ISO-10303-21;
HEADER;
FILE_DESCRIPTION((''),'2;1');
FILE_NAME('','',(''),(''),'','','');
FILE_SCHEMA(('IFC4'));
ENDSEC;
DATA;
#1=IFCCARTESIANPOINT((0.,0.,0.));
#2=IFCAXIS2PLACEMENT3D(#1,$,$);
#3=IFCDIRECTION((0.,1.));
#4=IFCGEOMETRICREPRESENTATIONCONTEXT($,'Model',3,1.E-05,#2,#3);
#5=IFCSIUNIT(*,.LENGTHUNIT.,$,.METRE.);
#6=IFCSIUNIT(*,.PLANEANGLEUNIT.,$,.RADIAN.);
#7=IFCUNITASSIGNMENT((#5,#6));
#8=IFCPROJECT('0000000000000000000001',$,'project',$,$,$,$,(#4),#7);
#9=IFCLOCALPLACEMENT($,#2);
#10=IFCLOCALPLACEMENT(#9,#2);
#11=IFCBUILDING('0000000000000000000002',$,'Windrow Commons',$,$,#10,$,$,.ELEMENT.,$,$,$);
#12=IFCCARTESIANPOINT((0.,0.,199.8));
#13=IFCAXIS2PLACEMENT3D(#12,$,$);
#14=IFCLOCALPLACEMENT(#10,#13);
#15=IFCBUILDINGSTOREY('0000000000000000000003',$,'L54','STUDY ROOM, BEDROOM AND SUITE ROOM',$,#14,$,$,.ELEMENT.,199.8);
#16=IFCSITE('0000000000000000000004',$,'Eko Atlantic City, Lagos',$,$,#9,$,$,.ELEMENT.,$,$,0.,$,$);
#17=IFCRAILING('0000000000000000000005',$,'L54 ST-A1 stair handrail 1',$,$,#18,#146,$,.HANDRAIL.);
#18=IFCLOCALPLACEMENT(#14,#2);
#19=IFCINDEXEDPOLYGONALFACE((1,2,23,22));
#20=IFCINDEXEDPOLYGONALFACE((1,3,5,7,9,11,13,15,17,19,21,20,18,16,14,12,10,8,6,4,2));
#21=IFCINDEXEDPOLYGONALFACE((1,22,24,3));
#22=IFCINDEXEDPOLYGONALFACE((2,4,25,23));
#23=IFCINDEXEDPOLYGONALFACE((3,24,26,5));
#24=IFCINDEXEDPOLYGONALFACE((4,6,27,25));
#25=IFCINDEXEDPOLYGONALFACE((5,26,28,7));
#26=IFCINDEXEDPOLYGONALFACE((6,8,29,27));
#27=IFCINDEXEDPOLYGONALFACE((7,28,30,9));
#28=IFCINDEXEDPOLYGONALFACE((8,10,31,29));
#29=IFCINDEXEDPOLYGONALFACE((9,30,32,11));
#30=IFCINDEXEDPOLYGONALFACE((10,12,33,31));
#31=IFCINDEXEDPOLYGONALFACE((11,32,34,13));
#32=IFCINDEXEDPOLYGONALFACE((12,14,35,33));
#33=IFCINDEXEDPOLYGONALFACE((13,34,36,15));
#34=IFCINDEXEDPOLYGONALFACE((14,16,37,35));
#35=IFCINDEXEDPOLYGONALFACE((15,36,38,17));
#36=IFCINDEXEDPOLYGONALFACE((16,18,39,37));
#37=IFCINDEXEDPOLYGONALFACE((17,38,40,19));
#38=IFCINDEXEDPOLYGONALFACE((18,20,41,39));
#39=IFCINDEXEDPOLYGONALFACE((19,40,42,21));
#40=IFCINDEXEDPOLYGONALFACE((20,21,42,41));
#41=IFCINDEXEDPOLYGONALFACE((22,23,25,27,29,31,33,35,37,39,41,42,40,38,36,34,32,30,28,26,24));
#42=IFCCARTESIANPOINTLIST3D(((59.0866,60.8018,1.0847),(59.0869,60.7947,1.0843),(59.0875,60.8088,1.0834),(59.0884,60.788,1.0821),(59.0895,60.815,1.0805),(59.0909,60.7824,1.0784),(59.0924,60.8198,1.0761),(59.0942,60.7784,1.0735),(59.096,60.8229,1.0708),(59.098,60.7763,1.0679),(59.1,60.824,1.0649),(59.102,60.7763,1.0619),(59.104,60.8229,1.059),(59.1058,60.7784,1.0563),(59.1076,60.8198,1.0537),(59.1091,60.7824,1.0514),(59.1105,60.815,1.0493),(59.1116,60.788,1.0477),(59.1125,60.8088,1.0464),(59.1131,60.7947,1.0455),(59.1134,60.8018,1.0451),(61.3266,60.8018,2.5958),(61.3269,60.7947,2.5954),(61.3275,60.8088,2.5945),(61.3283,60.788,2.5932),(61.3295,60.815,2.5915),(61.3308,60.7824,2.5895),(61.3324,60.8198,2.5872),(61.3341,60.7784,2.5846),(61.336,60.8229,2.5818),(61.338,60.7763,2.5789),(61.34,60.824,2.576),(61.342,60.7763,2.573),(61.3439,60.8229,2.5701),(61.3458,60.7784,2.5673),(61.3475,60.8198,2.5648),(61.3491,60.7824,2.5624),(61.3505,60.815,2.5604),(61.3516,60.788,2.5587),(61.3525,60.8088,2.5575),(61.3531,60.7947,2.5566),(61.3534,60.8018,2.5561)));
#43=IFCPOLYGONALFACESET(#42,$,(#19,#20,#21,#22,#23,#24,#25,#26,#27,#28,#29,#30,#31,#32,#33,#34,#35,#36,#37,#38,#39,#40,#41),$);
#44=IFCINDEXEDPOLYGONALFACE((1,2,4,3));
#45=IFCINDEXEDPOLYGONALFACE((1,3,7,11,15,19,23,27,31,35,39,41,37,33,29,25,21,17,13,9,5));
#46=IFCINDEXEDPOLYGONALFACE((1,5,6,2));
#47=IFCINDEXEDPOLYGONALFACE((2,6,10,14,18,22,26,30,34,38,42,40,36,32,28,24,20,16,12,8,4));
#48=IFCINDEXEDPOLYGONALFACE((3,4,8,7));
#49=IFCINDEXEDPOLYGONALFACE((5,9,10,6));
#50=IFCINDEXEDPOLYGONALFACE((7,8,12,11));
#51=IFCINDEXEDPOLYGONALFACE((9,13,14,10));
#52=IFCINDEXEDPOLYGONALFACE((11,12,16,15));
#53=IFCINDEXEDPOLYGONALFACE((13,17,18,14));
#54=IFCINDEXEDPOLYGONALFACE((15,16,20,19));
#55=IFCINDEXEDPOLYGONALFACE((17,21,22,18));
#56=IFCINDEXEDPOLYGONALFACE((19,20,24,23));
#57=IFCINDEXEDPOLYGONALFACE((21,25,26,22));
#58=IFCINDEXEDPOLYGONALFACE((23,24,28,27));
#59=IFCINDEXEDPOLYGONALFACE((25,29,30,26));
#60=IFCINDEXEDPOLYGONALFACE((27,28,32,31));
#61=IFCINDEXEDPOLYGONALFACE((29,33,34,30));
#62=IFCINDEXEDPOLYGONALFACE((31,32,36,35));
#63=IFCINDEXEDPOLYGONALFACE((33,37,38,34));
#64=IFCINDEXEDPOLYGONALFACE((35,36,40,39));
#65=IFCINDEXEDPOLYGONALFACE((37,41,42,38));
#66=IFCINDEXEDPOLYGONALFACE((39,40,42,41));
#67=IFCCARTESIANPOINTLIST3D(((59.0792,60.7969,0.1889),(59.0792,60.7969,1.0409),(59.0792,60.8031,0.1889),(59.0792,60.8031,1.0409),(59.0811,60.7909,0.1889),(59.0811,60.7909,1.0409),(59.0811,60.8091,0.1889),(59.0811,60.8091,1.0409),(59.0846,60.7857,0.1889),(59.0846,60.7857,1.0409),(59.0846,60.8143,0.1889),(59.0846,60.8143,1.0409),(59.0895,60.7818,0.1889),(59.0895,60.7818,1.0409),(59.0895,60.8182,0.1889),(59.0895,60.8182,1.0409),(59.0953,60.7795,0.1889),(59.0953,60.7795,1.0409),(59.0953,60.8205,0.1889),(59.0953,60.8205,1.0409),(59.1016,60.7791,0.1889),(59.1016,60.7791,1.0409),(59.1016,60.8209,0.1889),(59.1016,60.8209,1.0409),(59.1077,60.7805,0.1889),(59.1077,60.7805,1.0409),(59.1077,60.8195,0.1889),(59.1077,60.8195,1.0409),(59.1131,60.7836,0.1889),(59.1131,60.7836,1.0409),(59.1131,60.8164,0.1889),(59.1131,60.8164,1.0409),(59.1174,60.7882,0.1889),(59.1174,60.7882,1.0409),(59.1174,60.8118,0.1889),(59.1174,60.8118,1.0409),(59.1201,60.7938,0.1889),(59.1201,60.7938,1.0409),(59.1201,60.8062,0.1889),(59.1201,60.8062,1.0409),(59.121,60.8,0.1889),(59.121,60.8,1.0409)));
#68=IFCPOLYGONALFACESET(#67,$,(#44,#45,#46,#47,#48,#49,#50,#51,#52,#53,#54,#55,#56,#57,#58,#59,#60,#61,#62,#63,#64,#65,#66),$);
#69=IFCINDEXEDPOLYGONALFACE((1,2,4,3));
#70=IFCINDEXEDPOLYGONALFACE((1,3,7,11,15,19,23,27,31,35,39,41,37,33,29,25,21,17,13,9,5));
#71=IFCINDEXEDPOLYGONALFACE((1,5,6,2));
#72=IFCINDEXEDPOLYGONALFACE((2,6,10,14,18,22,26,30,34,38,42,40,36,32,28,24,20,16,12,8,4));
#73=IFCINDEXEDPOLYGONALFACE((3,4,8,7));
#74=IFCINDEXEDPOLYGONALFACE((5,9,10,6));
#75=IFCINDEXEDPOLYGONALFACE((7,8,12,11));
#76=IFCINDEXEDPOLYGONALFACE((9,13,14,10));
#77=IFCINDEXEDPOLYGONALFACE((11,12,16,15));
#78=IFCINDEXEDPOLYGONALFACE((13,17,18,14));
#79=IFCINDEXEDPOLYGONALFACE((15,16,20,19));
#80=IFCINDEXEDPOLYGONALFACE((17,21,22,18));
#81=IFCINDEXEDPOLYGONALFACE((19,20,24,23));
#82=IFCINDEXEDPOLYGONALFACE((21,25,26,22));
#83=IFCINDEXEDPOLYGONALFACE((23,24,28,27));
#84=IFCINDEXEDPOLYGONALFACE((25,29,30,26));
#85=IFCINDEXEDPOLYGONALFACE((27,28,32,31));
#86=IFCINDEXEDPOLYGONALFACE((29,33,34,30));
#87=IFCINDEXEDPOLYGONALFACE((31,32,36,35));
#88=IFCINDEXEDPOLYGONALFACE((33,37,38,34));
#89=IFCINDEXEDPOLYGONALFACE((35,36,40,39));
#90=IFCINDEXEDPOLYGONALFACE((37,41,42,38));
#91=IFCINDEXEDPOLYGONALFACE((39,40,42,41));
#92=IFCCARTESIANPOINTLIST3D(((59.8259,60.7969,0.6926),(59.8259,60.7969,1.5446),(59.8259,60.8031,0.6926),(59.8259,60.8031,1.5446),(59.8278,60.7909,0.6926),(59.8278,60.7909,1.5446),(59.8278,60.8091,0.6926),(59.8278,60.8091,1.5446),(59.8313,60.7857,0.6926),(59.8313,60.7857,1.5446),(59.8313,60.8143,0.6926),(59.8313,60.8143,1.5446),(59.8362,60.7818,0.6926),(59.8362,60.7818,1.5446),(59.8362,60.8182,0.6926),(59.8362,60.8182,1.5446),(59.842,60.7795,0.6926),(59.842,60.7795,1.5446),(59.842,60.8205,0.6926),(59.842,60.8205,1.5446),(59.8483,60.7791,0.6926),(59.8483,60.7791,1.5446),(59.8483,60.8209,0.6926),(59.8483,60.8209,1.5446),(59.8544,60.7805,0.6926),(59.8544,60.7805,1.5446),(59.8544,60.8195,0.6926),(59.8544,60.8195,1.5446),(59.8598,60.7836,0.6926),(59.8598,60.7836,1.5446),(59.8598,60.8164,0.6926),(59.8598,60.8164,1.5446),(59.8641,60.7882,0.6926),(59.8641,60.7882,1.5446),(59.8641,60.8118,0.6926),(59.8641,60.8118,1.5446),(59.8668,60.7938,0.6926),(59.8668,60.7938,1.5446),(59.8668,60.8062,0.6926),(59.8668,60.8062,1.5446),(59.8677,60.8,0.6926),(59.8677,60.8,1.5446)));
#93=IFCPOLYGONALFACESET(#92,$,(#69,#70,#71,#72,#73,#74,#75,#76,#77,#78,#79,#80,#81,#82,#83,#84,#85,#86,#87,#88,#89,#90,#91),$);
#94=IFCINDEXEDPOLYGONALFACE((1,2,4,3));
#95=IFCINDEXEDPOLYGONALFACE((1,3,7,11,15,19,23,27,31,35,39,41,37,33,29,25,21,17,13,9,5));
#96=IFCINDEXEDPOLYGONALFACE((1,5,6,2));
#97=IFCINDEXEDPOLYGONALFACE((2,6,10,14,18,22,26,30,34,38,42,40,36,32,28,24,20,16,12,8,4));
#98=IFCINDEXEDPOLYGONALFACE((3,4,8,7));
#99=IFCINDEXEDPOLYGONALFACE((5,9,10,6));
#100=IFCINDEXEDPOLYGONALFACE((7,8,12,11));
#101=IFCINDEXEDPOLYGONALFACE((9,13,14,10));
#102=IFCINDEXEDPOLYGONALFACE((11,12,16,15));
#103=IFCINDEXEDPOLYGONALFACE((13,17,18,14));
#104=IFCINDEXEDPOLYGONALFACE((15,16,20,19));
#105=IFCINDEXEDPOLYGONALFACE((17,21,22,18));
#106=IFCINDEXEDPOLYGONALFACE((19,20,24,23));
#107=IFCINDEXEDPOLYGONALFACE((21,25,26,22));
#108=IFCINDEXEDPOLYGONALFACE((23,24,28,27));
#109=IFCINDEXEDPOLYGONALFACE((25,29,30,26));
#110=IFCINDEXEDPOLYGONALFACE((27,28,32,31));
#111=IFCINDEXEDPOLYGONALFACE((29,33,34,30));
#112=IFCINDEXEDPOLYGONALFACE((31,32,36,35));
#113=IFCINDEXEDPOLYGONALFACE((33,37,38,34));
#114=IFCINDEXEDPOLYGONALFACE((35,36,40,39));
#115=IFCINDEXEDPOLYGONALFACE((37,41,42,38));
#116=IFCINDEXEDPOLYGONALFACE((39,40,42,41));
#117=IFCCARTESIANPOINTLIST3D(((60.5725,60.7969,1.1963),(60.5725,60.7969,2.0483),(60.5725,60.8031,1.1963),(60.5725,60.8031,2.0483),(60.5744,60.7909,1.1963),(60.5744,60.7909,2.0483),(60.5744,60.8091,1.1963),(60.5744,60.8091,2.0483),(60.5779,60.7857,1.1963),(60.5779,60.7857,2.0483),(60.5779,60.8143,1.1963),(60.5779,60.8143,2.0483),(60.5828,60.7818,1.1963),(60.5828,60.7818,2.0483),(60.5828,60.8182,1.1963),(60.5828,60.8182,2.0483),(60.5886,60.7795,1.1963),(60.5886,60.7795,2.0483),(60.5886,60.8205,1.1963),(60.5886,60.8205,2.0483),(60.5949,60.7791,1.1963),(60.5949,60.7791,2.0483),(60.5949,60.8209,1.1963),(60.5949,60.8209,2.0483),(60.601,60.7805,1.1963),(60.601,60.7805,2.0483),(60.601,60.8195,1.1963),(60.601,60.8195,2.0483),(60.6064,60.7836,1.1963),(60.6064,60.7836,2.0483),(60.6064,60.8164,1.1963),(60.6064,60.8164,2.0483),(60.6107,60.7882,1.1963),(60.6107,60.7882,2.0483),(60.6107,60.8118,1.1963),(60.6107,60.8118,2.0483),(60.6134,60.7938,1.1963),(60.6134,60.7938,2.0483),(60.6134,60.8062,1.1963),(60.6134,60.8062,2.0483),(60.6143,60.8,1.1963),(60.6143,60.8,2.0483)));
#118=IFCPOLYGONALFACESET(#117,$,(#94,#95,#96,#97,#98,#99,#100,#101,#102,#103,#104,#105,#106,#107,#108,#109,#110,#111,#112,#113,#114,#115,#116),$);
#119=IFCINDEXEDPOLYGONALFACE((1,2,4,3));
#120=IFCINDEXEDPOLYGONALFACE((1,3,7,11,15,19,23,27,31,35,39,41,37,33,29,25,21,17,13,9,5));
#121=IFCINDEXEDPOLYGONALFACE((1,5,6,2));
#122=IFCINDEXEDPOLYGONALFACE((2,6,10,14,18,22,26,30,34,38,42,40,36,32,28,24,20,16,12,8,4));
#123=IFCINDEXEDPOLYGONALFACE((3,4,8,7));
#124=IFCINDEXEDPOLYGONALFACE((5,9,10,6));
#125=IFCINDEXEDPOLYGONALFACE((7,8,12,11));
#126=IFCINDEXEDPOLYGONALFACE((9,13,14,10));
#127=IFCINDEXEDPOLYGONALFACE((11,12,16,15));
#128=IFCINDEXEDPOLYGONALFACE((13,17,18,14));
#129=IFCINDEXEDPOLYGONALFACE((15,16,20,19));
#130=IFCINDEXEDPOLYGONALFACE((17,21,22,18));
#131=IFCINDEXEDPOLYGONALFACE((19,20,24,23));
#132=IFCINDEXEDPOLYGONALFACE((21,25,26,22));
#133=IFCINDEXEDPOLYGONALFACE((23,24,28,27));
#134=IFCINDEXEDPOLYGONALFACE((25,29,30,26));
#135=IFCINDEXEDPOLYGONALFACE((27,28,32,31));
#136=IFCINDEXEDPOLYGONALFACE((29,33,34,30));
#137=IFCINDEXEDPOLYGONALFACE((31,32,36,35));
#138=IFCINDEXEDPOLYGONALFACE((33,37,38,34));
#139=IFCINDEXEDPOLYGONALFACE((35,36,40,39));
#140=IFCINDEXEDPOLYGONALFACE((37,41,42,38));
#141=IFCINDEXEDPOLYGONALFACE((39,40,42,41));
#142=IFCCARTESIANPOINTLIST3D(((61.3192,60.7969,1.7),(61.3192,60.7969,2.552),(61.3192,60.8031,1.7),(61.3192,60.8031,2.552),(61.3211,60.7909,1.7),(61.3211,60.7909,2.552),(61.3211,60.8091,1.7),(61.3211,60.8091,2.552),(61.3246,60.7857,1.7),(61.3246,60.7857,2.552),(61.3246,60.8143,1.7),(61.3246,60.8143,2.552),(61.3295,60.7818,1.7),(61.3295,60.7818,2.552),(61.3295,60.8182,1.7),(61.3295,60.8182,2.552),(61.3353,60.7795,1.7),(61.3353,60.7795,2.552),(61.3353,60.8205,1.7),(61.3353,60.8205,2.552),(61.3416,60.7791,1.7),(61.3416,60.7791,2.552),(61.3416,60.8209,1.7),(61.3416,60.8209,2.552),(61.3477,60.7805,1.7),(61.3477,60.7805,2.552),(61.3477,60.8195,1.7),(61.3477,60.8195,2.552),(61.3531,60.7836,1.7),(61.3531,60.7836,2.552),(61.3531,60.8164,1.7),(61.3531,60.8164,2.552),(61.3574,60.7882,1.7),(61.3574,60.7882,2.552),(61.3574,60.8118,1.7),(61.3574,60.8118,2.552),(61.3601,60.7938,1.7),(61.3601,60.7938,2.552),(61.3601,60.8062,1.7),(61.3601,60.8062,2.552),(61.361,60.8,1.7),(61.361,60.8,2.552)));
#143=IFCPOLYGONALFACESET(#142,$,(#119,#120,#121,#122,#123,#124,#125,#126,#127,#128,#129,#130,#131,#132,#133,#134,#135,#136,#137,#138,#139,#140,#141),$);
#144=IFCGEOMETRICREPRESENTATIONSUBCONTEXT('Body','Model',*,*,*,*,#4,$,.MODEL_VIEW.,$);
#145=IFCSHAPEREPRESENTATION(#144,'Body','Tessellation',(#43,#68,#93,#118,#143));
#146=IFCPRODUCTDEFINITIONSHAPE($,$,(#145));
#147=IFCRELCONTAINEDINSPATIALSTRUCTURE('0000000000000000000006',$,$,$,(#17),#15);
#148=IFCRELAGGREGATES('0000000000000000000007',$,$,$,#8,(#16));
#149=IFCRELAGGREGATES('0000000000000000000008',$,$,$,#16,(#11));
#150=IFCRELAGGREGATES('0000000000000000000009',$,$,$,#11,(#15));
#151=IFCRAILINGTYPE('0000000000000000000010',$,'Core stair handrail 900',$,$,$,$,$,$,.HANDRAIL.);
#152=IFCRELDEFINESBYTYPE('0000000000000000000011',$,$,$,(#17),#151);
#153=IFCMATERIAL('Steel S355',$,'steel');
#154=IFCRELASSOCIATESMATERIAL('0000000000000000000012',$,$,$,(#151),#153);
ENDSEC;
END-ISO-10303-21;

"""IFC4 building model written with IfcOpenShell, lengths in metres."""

from ifc_helpers import new_model, si_unit, direction, frame, origin, origin_2d, place, context, subcontext, project, spatial, circle, extrude, material, type_object, element, save


model = new_model("IFC4")

# Units and contexts
model_context = context("Model", 3, precision=1e-05, world=origin(), true_north=direction((0.0, 1.0)))
body_context = subcontext(model_context, "Body", "Model", "MODEL_VIEW")
ifc_project = project(units=[si_unit("LENGTHUNIT", "METRE"), si_unit("PLANEANGLEUNIT", "RADIAN")], contexts=[model_context])

# Site, building, storey
site_placement = place(None, origin())
site = spatial("IfcSite", under=ifc_project, at=site_placement, Name="Eko Atlantic City, Lagos", CompositionType="ELEMENT", RefElevation=0.0)
building_placement = place(site_placement, origin())
building = spatial("IfcBuilding", under=site, at=building_placement, Name="Windrow Commons", CompositionType="ELEMENT")
storey_placement = place(building_placement, frame((0.0, 0.0, 199.8)))
storey = spatial("IfcBuildingStorey", under=building, at=storey_placement, Name="L54", Description="STUDY ROOM, BEDROOM AND SUITE ROOM", CompositionType="ELEMENT", Elevation=199.8)

# Railing
ifc_material_1 = material(Name="Steel S355", Category="steel")
railing_type_1 = type_object("IfcRailingType", Name="Core stair handrail 900", PredefinedType="HANDRAIL", material=ifc_material_1)
railing_1_placement = place(storey_placement, frame((59.1, 60.8, 0.1889)))
element("IfcRailing", 1, at=railing_1_placement, inside=storey, type_object=railing_type_1, Name="L54 ST-A1 stair handrail 1", PredefinedType="HANDRAIL", context=body_context, shape_type="SweptSolid", body=[
    extrude(circle(Radius=0.024, at=origin_2d()), frame((0.0, 0.0, 0.876), z_axis=(0.829003, 0.0, 0.559244), x_axis=(0.0, 1.0, 0.0)), (0.0, 0.0, 1.0), 2.702),
    extrude(circle(Radius=0.021, at=origin_2d()), origin(), (0.0, 0.0, 1.0), 0.852),
    extrude(circle(Radius=0.021, at=origin_2d()), frame((0.7467, 0.0, 0.5037)), (0.0, 0.0, 1.0), 0.852),
    extrude(circle(Radius=0.021, at=origin_2d()), frame((1.4933, 0.0, 1.0074)), (0.0, 0.0, 1.0), 0.852),
    extrude(circle(Radius=0.021, at=origin_2d()), frame((2.24, 0.0, 1.5111)), (0.0, 0.0, 1.0), 0.852),
])

save(model, "model.ifc")
